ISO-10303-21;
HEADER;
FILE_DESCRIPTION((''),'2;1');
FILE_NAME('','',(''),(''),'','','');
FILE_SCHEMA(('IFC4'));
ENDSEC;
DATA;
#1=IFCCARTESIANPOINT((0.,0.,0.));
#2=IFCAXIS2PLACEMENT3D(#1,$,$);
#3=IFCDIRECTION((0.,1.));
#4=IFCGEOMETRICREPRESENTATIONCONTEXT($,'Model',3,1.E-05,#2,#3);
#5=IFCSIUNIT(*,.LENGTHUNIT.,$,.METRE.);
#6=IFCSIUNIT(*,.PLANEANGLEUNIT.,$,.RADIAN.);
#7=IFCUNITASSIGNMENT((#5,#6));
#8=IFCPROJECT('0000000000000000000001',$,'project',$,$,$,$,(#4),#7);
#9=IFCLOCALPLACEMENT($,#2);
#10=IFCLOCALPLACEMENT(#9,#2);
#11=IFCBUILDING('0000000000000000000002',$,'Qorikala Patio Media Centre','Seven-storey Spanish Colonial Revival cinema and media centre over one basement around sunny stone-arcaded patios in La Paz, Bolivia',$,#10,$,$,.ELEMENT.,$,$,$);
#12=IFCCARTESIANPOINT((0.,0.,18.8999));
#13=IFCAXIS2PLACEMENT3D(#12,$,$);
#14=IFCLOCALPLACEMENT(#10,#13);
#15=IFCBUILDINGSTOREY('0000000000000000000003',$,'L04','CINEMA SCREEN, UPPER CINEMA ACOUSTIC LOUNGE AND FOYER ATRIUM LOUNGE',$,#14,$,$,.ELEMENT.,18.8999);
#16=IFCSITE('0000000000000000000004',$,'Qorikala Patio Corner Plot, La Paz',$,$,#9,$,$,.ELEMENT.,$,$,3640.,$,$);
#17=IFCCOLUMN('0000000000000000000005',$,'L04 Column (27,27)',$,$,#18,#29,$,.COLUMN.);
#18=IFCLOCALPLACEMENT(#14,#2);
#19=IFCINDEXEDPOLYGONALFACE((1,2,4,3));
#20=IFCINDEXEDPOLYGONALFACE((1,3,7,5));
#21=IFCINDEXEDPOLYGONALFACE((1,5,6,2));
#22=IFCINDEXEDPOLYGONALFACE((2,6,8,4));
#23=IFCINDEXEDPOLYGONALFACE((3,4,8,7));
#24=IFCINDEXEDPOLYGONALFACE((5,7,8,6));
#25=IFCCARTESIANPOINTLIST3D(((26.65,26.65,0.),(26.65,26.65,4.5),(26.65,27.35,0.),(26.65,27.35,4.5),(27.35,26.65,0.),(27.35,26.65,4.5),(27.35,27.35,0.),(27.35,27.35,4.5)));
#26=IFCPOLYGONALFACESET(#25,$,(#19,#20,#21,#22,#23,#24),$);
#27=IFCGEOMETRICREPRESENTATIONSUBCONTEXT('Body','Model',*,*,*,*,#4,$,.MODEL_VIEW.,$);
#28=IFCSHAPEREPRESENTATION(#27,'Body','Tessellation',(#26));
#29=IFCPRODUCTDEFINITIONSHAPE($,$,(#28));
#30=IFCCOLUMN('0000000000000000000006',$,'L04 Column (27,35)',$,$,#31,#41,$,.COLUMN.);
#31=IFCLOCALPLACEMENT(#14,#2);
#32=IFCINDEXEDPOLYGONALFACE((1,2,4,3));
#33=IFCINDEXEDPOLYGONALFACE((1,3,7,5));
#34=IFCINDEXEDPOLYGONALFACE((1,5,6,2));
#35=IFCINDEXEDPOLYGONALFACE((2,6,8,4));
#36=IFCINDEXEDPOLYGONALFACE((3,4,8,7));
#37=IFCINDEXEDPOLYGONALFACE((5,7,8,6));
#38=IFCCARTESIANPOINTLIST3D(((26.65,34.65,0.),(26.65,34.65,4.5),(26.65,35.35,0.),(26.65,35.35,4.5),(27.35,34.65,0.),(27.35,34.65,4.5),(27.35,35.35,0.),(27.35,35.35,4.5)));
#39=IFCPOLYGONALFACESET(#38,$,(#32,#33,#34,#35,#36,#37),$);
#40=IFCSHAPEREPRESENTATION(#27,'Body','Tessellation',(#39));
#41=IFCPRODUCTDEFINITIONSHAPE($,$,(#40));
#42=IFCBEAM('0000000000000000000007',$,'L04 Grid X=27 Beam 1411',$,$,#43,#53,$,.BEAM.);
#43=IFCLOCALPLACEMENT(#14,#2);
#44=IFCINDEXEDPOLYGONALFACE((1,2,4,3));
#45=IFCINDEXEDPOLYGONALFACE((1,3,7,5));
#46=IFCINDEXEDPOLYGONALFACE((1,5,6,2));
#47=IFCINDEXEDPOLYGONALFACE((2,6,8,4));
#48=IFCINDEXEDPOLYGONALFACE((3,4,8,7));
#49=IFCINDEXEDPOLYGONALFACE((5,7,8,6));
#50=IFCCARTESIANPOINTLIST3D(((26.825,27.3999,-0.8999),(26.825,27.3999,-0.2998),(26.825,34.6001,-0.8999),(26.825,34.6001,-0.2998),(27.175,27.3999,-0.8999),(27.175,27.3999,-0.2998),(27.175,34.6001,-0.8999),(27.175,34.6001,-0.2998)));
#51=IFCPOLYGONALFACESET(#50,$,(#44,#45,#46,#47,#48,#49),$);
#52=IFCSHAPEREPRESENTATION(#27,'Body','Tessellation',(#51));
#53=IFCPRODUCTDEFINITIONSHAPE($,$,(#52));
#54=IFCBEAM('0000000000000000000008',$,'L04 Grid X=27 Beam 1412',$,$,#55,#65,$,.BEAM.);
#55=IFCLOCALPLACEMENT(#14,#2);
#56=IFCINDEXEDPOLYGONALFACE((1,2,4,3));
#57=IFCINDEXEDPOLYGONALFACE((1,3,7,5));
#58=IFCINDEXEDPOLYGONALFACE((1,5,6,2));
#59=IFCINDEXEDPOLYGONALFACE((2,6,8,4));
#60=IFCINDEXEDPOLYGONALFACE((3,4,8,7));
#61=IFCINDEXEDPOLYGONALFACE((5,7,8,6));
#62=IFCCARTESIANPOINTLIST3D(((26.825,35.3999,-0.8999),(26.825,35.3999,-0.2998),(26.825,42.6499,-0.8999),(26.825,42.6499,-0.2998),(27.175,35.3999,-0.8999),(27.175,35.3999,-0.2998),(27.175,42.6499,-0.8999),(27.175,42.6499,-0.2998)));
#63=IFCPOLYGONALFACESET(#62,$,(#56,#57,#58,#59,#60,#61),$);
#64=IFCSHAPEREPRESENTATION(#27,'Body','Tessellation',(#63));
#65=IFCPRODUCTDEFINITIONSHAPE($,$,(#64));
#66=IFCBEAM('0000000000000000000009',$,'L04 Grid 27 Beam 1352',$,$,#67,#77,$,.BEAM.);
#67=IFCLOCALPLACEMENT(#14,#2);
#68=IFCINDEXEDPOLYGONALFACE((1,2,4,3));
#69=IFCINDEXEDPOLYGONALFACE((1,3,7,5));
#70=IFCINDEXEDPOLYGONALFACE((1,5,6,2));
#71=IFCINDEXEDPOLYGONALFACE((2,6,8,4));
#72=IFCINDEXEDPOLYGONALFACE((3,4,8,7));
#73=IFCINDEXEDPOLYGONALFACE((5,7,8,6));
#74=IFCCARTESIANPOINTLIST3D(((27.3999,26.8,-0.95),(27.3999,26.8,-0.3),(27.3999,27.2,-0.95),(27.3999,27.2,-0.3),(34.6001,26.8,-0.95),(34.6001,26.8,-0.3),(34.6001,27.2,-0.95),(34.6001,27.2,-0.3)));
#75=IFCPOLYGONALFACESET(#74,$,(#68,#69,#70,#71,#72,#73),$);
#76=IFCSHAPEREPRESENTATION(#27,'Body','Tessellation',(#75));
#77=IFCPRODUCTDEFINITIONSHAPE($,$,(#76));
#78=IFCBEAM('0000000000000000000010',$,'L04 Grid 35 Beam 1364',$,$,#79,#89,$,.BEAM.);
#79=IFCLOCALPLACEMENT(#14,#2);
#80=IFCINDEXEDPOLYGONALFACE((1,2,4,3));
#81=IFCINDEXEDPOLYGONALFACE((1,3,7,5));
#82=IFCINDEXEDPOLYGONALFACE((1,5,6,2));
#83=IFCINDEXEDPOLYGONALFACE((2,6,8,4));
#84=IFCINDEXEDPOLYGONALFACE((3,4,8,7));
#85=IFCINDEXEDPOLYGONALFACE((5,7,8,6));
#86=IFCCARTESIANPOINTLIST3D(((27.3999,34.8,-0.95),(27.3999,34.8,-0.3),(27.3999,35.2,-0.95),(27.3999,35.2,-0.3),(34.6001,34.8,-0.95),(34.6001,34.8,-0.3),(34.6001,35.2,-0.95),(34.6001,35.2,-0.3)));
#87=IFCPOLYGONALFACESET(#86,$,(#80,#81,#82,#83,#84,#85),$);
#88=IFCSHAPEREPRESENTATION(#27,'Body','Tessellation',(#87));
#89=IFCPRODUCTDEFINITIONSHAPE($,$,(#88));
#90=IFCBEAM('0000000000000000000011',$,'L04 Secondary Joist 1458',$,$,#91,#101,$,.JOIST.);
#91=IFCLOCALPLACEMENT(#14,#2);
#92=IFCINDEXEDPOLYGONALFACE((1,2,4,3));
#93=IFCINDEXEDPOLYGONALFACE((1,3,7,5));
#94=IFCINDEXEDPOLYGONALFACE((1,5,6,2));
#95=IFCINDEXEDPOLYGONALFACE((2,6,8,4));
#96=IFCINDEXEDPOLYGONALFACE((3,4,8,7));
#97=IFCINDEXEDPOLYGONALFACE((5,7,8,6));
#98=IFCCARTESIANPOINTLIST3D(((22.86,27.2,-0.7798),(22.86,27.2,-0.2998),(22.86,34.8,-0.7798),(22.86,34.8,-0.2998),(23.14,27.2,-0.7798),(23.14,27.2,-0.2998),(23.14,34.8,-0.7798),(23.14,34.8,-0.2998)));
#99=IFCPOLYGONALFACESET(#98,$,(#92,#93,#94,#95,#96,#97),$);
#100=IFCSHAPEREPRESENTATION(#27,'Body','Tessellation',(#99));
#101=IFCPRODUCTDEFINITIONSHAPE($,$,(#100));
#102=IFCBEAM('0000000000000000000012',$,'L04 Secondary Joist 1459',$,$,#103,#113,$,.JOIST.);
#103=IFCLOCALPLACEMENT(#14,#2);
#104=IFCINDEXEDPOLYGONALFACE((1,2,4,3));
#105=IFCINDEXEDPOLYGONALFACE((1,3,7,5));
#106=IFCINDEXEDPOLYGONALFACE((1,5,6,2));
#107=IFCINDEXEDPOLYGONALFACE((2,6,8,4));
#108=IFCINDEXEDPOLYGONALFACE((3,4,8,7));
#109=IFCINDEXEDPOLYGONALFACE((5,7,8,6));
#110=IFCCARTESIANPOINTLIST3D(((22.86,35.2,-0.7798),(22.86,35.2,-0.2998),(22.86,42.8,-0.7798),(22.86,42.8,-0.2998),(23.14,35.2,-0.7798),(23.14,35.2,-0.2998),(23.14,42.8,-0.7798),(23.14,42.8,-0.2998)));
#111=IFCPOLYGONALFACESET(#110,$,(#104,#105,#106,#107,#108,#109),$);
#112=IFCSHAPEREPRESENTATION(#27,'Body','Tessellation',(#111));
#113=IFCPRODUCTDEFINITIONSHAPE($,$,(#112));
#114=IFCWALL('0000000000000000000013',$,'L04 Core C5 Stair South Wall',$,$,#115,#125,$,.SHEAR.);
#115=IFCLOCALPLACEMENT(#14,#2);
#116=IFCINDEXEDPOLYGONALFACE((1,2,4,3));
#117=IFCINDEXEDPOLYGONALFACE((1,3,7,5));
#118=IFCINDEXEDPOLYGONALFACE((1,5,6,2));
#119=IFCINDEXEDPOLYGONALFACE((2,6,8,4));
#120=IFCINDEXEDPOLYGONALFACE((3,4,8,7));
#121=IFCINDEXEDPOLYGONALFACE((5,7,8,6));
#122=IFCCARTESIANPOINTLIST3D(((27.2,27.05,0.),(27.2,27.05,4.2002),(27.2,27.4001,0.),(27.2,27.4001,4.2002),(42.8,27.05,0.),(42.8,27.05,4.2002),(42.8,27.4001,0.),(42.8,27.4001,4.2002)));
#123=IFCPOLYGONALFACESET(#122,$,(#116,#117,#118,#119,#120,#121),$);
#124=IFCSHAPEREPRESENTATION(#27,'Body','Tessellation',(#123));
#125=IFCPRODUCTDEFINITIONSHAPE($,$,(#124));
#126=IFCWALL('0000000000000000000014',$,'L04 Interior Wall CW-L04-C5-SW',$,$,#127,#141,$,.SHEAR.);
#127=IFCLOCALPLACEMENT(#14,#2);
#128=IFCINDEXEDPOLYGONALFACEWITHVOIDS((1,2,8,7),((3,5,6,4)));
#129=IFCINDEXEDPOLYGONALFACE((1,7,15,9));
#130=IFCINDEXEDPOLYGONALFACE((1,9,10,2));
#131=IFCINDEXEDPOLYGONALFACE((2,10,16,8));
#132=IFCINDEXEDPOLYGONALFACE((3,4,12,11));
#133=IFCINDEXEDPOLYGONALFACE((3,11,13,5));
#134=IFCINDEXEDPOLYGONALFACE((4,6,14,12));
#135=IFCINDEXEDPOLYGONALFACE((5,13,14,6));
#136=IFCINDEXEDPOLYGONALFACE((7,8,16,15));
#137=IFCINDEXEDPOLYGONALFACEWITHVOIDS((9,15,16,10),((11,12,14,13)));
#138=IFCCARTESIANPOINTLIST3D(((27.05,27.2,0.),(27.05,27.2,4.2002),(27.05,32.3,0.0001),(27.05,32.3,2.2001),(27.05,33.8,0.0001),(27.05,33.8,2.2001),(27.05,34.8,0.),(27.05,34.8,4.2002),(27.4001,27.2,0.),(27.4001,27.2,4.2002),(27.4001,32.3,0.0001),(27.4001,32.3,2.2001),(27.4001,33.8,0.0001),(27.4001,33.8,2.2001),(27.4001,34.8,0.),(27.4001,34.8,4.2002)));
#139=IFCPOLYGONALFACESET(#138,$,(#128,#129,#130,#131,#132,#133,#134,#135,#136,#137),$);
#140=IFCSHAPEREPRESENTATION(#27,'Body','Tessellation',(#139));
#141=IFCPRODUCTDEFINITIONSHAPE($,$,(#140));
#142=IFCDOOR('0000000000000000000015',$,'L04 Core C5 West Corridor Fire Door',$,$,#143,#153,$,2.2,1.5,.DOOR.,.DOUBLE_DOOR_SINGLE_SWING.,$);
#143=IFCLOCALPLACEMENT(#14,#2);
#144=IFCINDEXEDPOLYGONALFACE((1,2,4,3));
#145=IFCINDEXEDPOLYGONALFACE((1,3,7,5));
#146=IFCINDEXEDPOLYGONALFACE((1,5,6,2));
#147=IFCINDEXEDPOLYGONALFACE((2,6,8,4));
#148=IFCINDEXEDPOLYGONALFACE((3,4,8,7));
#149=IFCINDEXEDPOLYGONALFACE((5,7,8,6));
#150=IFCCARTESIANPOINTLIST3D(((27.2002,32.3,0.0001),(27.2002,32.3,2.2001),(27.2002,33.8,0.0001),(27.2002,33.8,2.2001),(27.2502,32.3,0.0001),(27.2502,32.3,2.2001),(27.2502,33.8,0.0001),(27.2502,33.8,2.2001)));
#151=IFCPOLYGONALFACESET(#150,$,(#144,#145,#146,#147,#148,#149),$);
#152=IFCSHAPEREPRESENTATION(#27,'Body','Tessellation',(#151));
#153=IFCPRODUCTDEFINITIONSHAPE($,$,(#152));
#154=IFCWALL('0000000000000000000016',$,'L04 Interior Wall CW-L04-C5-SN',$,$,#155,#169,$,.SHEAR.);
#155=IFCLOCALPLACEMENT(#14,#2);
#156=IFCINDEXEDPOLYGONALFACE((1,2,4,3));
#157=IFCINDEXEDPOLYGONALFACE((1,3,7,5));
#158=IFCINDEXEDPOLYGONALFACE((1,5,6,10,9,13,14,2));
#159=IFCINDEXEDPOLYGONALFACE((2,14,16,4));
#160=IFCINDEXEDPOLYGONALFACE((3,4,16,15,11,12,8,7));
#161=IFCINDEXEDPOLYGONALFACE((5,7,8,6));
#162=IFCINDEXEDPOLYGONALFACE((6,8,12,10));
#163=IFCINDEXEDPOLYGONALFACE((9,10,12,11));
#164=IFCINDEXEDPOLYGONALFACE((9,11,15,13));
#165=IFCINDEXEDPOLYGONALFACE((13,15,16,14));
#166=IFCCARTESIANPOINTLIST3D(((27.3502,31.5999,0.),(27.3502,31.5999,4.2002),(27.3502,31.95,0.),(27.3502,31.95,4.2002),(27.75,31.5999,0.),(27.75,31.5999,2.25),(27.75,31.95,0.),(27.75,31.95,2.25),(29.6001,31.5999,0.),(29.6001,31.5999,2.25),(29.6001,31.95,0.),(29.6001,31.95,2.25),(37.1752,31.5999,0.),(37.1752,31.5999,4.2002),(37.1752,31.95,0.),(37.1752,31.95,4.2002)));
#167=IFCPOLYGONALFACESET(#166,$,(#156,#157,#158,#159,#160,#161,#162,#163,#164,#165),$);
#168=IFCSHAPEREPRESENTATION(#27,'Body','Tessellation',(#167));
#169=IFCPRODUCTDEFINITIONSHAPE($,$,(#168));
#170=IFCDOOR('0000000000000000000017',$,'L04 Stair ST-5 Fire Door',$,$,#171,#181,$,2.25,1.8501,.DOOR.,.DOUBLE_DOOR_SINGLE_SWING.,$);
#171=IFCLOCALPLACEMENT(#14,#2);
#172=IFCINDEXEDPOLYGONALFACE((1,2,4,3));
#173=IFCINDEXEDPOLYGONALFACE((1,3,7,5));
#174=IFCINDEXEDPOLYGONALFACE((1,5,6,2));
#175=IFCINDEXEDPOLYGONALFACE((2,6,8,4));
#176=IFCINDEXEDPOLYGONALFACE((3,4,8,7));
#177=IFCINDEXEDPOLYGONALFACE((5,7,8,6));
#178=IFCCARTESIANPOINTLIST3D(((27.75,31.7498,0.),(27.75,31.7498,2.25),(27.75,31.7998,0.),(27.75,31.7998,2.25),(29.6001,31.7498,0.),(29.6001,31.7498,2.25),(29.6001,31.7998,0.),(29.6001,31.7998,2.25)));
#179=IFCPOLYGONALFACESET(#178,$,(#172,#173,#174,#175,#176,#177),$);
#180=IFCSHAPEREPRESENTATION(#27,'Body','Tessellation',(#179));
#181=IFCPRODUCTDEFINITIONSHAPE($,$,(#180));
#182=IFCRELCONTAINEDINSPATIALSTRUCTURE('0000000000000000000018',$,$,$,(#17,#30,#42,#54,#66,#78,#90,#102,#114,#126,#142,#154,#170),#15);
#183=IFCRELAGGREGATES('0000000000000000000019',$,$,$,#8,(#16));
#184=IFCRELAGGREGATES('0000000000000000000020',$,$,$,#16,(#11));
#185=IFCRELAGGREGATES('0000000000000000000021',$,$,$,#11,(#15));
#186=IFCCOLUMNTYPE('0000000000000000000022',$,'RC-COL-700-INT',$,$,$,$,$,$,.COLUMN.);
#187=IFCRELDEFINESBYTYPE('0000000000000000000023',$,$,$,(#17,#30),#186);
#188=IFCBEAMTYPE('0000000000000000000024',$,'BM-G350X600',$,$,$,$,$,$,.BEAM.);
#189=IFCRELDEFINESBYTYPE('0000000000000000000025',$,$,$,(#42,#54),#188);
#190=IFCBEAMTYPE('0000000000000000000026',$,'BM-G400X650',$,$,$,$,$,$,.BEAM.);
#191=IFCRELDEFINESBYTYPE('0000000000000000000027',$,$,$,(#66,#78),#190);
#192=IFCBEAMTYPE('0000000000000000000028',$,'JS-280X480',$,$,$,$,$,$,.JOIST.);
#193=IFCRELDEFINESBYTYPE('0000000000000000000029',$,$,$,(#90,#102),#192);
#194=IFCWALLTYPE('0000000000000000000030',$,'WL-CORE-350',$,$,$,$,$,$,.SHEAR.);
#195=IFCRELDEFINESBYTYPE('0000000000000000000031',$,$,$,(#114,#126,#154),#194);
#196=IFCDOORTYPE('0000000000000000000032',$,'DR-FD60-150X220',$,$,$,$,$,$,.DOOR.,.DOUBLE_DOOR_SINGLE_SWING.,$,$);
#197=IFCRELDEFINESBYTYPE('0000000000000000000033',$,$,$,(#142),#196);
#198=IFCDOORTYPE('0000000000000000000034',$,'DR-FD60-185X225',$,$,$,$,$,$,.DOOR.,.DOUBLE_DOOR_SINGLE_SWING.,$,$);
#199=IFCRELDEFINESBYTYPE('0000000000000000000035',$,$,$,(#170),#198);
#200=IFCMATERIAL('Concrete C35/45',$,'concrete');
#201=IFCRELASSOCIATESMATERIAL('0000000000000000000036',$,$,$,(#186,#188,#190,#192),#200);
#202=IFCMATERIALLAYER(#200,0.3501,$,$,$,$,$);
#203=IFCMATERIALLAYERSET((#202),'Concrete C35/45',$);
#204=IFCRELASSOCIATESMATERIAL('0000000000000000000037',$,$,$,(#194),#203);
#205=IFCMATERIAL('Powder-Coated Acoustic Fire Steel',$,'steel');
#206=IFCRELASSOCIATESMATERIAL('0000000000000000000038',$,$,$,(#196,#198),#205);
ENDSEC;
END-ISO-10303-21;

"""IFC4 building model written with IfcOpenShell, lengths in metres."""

from ifc_helpers import new_model, si_unit, direction, frame, frame_2d, origin, origin_2d, place, context, subcontext, project, spatial, rectangle, extrude, material, layer, layer_set, material_profile, profile_set, type_object, element, fill, save


model = new_model("IFC4")

# Units and contexts
model_context = context("Model", 3, precision=1e-05, world=origin(), true_north=direction((0.0, 1.0)))
body_context = subcontext(model_context, "Body", "Model", "MODEL_VIEW")
ifc_project = project(units=[si_unit("LENGTHUNIT", "METRE"), si_unit("PLANEANGLEUNIT", "RADIAN")], contexts=[model_context])

# Site, building, storey
site_placement = place(None, origin())
site = spatial("IfcSite", under=ifc_project, at=site_placement, Name="Qorikala Patio Corner Plot, La Paz", CompositionType="ELEMENT", RefElevation=3640.0)
building_placement = place(site_placement, origin())
building = spatial("IfcBuilding", under=site, at=building_placement, Name="Qorikala Patio Media Centre", Description="Seven-storey Spanish Colonial Revival cinema and media centre over one basement around sunny stone-arcaded patios in La Paz, Bolivia", CompositionType="ELEMENT")
storey_placement = place(building_placement, frame((0.0, 0.0, 18.8999)))
storey = spatial("IfcBuildingStorey", under=building, at=storey_placement, Name="L04", Description="CINEMA SCREEN, UPPER CINEMA ACOUSTIC LOUNGE AND FOYER ATRIUM LOUNGE", CompositionType="ELEMENT", Elevation=18.8999)

# Columns
ifc_material_1 = material(Name="Concrete C35/45", Category="concrete")
ifc_material_profile_1 = material_profile(ifc_material_1, rectangle(XDim=0.7, YDim=0.7, at=origin_2d()), Name="RC 700x700")
ifc_profile_set_1 = profile_set([ifc_material_profile_1], Name="Concrete C35/45")
column_type = type_object("IfcColumnType", Name="RC-COL-700-INT", PredefinedType="COLUMN", material=ifc_profile_set_1)
for number, where, z_axis, x_axis, name in (
    (1, (27.0, 27.0, 0.0), (0.0, 0.0, 1.0), (1.0, 0.0, 0.0), "L04 Column (27,27)"),
    (2, (27.0, 35.0, 0.0), (0.0, 0.0, 1.0), (1.0, 0.0, 0.0), "L04 Column (27,35)"),
):
    element("IfcColumn", number, at=place(storey_placement, frame(where, z_axis=z_axis, x_axis=x_axis)), inside=storey, type_object=column_type, Name=name, PredefinedType="COLUMN", context=body_context, shape_type="SweptSolid", body=[
        extrude(rectangle(XDim=0.7, YDim=0.7, at=origin_2d()), origin(), (0.0, 0.0, 1.0), 4.5),
    ])

# Beams
ifc_material_profile_2 = material_profile(ifc_material_1, rectangle(XDim=0.3501, YDim=0.6001, at=origin_2d()), Name="RC 350x600")
ifc_profile_set_2 = profile_set([ifc_material_profile_2], Name="Concrete C35/45")
beam_type_1 = type_object("IfcBeamType", Name="BM-G350X600", PredefinedType="BEAM", material=ifc_profile_set_2)
beam_1_placement = place(storey_placement, frame((27.0, 27.3999, -0.5999), z_axis=(0.0, 1.0, 0.0), x_axis=(-1.0, 0.0, 0.0)))
element("IfcBeam", 3, at=beam_1_placement, inside=storey, type_object=beam_type_1, Name="L04 Grid X=27 Beam 1411", PredefinedType="BEAM", context=body_context, shape_type="SweptSolid", body=[
    extrude(rectangle(XDim=0.3501, YDim=0.6001, at=origin_2d()), origin(), (0.0, 0.0, 1.0), 7.2002),
])
beam_2_placement = place(storey_placement, frame((27.0, 35.3999, -0.5999), z_axis=(0.0, 1.0, 0.0), x_axis=(-1.0, 0.0, 0.0)))
element("IfcBeam", 4, at=beam_2_placement, inside=storey, type_object=beam_type_1, Name="L04 Grid X=27 Beam 1412", PredefinedType="BEAM", context=body_context, shape_type="SweptSolid", body=[
    extrude(rectangle(XDim=0.3501, YDim=0.6001, at=origin_2d()), origin(), (0.0, 0.0, 1.0), 7.25),
])
ifc_material_profile_3 = material_profile(ifc_material_1, rectangle(XDim=0.3999, YDim=0.6499, at=origin_2d()), Name="RC 400x650")
ifc_profile_set_3 = profile_set([ifc_material_profile_3], Name="Concrete C35/45")
beam_type_2 = type_object("IfcBeamType", Name="BM-G400X650", PredefinedType="BEAM", material=ifc_profile_set_3)
for number, where, z_axis, x_axis, name in (
    (5, (27.3999, 27.0, -0.625), (1.0, 0.0, 0.0), (0.0, 1.0, 0.0), "L04 Grid 27 Beam 1352"),
    (6, (27.3999, 35.0, -0.625), (1.0, 0.0, 0.0), (0.0, 1.0, 0.0), "L04 Grid 35 Beam 1364"),
):
    element("IfcBeam", number, at=place(storey_placement, frame(where, z_axis=z_axis, x_axis=x_axis)), inside=storey, type_object=beam_type_2, Name=name, PredefinedType="BEAM", context=body_context, shape_type="SweptSolid", body=[
        extrude(rectangle(XDim=0.3999, YDim=0.6499, at=origin_2d()), origin(), (0.0, 0.0, 1.0), 7.2002),
    ])
ifc_material_profile_4 = material_profile(ifc_material_1, rectangle(XDim=0.28, YDim=0.48, at=origin_2d()), Name="RC 280x480")
ifc_profile_set_4 = profile_set([ifc_material_profile_4], Name="Concrete C35/45")
beam_type_3 = type_object("IfcBeamType", Name="JS-280X480", PredefinedType="JOIST", material=ifc_profile_set_4)
for number, where, z_axis, x_axis, name in (
    (7, (23.0, 27.2, -0.5398), (0.0, 1.0, 0.0), (-1.0, 0.0, 0.0), "L04 Secondary Joist 1458"),
    (8, (23.0, 35.2, -0.5398), (0.0, 1.0, 0.0), (-1.0, 0.0, 0.0), "L04 Secondary Joist 1459"),
):
    element("IfcBeam", number, at=place(storey_placement, frame(where, z_axis=z_axis, x_axis=x_axis)), inside=storey, type_object=beam_type_3, Name=name, PredefinedType="JOIST", context=body_context, shape_type="SweptSolid", body=[
        extrude(rectangle(XDim=0.28, YDim=0.48, at=origin_2d()), origin(), (0.0, 0.0, 1.0), 7.6001),
    ])

# Wall
ifc_layer_1 = layer(ifc_material_1, 0.3501)
ifc_layer_set_1 = layer_set([ifc_layer_1], Name="Concrete C35/45")
wall_type_1 = type_object("IfcWallType", Name="WL-CORE-350", PredefinedType="SHEAR", material=ifc_layer_set_1)
wall_1_placement = place(storey_placement, frame((27.2, 27.2251, 0.0), z_axis=(0.0, 0.0, 1.0), x_axis=(1.0, 0.0, 0.0)))
element("IfcWall", 9, at=wall_1_placement, inside=storey, type_object=wall_type_1, Name="L04 Core C5 Stair South Wall", PredefinedType="SHEAR", context=body_context, shape_type="SweptSolid", body=[
    extrude(rectangle(XDim=15.6001, YDim=0.3501, at=frame_2d((7.8, 0.0))), origin(), (0.0, 0.0, 1.0), 4.2002),
])

# Walls, openings, doors
wall_2_placement = place(storey_placement, frame((27.2251, 27.2, 0.0), z_axis=(0.0, 0.0, 1.0), x_axis=(0.0, 1.0, 0.0)))
wall_2 = element("IfcWall", 10, at=wall_2_placement, inside=storey, type_object=wall_type_1, Name="L04 Interior Wall CW-L04-C5-SW", PredefinedType="SHEAR", context=body_context, shape_type="SweptSolid", body=[
    extrude(rectangle(XDim=7.6001, YDim=0.3501, at=frame_2d((3.8, 0.0))), origin(), (0.0, 0.0, 1.0), 4.2002),
])
opening_1_placement = place(wall_2_placement, frame((5.1001, 0.0, 0.0)))
opening_1 = element("IfcOpeningElement", 11, at=opening_1_placement, cuts=wall_2, PredefinedType="OPENING", context=body_context, shape_type="SweptSolid", body=[
    extrude(rectangle(XDim=1.5, YDim=2.2, at=frame_2d((0.75, 1.1001))), frame((0.0, 0.1851, 0.0), z_axis=(0.0, -1.0, 0.0), x_axis=(1.0, 0.0, 0.0)), (0.0, 0.0, 1.0), 0.3701),
])
ifc_material_2 = material(Name="Powder-Coated Acoustic Fire Steel", Category="steel")
door_type_1 = type_object("IfcDoorType", Name="DR-FD60-150X220", OperationType="DOUBLE_DOOR_SINGLE_SWING", PredefinedType="DOOR", material=ifc_material_2)
door_1_placement = place(opening_1_placement, origin())
door_1 = element("IfcDoor", 12, at=door_1_placement, inside=storey, type_object=door_type_1, Name="L04 Core C5 West Corridor Fire Door", OperationType="DOUBLE_DOOR_SINGLE_SWING", OverallHeight=2.2, OverallWidth=1.5, PredefinedType="DOOR", context=body_context, shape_type="SweptSolid", body=[
    extrude(rectangle(XDim=1.5, YDim=2.2, at=frame_2d((0.75, 1.1001))), frame((0.0, 0.0249, 0.0), z_axis=(0.0, -1.0, 0.0), x_axis=(1.0, 0.0, 0.0)), (0.0, 0.0, 1.0), 0.05),
])
fill(opening_1, door_1)
wall_3_placement = place(storey_placement, frame((27.3501, 31.7749, 0.0), z_axis=(0.0, 0.0, 1.0), x_axis=(1.0, 0.0, 0.0)))
wall_3 = element("IfcWall", 13, at=wall_3_placement, inside=storey, type_object=wall_type_1, Name="L04 Interior Wall CW-L04-C5-SN", PredefinedType="SHEAR", context=body_context, shape_type="SweptSolid", body=[
    extrude(rectangle(XDim=9.825, YDim=0.3501, at=frame_2d((4.9126, 0.0))), origin(), (0.0, 0.0, 1.0), 4.2002),
])
opening_2_placement = place(wall_3_placement, frame((0.3999, 0.0, 0.0)))
opening_2 = element("IfcOpeningElement", 14, at=opening_2_placement, cuts=wall_3, PredefinedType="OPENING", context=body_context, shape_type="SweptSolid", body=[
    extrude(rectangle(XDim=1.8501, YDim=2.25, at=frame_2d((0.925, 1.125))), frame((0.0, 0.1851, 0.0), z_axis=(0.0, -1.0, 0.0), x_axis=(1.0, 0.0, 0.0)), (0.0, 0.0, 1.0), 0.3701),
])
door_type_2 = type_object("IfcDoorType", Name="DR-FD60-185X225", OperationType="DOUBLE_DOOR_SINGLE_SWING", PredefinedType="DOOR", material=ifc_material_2)
door_2_placement = place(opening_2_placement, origin())
door_2 = element("IfcDoor", 15, at=door_2_placement, inside=storey, type_object=door_type_2, Name="L04 Stair ST-5 Fire Door", OperationType="DOUBLE_DOOR_SINGLE_SWING", OverallHeight=2.25, OverallWidth=1.8501, PredefinedType="DOOR", context=body_context, shape_type="SweptSolid", body=[
    extrude(rectangle(XDim=1.8501, YDim=2.25, at=frame_2d((0.925, 1.125))), frame((0.0, 0.0249, 0.0), z_axis=(0.0, -1.0, 0.0), x_axis=(1.0, 0.0, 0.0)), (0.0, 0.0, 1.0), 0.05),
])
fill(opening_2, door_2)

save(model, "model.ifc")
